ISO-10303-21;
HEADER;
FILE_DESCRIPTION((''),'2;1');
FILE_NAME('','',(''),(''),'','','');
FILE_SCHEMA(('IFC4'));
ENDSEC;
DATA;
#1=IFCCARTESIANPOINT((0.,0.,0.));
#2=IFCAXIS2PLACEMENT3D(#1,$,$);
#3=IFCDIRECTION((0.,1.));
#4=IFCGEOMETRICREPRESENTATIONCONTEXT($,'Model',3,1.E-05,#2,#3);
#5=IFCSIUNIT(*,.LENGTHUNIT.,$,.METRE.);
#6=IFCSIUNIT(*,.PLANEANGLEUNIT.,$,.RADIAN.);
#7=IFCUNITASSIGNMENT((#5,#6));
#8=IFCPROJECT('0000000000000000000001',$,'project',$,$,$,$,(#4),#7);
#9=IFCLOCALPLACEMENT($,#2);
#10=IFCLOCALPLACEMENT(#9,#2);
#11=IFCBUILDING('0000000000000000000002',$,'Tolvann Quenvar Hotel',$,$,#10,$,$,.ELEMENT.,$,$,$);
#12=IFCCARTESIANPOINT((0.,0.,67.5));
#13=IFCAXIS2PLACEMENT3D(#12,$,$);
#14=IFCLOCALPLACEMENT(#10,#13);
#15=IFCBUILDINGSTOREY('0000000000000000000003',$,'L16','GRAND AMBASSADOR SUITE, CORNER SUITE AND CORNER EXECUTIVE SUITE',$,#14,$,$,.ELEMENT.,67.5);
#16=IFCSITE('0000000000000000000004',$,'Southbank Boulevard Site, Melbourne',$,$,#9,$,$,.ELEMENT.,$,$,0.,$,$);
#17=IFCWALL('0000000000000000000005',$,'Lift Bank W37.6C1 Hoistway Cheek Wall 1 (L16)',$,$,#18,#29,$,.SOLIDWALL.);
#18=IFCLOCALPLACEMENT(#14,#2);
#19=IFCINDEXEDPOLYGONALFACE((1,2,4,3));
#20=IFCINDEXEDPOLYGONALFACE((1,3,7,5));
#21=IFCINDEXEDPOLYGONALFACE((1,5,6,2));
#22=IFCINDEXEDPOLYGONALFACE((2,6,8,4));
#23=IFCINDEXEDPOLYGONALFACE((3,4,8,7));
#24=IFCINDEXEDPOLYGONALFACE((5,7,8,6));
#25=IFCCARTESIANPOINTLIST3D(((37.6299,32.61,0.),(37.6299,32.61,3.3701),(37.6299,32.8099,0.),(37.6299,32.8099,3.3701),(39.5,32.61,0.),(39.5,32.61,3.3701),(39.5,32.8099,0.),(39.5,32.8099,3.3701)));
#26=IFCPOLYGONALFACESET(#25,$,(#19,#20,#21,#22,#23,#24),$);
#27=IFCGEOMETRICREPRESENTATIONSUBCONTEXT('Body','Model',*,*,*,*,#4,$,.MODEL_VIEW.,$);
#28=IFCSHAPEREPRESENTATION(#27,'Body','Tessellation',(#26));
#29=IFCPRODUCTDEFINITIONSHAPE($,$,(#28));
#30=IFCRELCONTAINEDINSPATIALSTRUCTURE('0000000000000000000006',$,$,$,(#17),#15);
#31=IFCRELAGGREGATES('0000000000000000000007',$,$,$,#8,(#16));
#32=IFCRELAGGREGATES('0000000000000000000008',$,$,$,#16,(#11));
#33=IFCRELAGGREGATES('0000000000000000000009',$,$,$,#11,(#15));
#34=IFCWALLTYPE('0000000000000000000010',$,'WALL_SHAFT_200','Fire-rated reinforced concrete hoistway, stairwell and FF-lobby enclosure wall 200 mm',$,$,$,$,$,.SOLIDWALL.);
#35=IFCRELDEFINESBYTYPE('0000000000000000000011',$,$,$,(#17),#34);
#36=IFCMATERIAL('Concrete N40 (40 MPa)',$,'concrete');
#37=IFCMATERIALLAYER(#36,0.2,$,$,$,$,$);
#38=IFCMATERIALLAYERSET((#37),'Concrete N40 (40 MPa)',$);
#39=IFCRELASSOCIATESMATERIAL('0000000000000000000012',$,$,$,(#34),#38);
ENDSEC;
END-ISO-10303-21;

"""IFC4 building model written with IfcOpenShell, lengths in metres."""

from ifc_helpers import new_model, si_unit, direction, frame, frame_2d, origin, place, context, subcontext, project, spatial, rectangle, extrude, material, layer, layer_set, type_object, element, save


model = new_model("IFC4")

# Units and contexts
model_context = context("Model", 3, precision=1e-05, world=origin(), true_north=direction((0.0, 1.0)))
body_context = subcontext(model_context, "Body", "Model", "MODEL_VIEW")
ifc_project = project(units=[si_unit("LENGTHUNIT", "METRE"), si_unit("PLANEANGLEUNIT", "RADIAN")], contexts=[model_context])

# Site, building, storey
site_placement = place(None, origin())
site = spatial("IfcSite", under=ifc_project, at=site_placement, Name="Southbank Boulevard Site, Melbourne", CompositionType="ELEMENT", RefElevation=0.0)
building_placement = place(site_placement, origin())
building = spatial("IfcBuilding", under=site, at=building_placement, Name="Tolvann Quenvar Hotel", CompositionType="ELEMENT")
storey_placement = place(building_placement, frame((0.0, 0.0, 67.5)))
storey = spatial("IfcBuildingStorey", under=building, at=storey_placement, Name="L16", Description="GRAND AMBASSADOR SUITE, CORNER SUITE AND CORNER EXECUTIVE SUITE", CompositionType="ELEMENT", Elevation=67.5)

# Shared definitions
ifc_material_1 = material(Name="Concrete N40 (40 MPa)", Category="concrete")
ifc_layer_1 = layer(ifc_material_1, 0.2)
ifc_layer_set_1 = layer_set([ifc_layer_1], Name="Concrete N40 (40 MPa)")
wall_type_1 = type_object("IfcWallType", Name="WALL_SHAFT_200", Description="Fire-rated reinforced concrete hoistway, stairwell and FF-lobby enclosure wall 200 mm", PredefinedType="SOLIDWALL", material=ifc_layer_set_1)

# Wall
wall_1_placement = place(storey_placement, frame((37.6299, 32.71, 0.0), z_axis=(0.0, 0.0, 1.0), x_axis=(1.0, 0.0, 0.0)))
element("IfcWall", 1, at=wall_1_placement, inside=storey, type_object=wall_type_1, Name="Lift Bank W37.6C1 Hoistway Cheek Wall 1 (L16)", PredefinedType="SOLIDWALL", context=body_context, shape_type="SweptSolid", body=[
    extrude(rectangle(XDim=1.8701, YDim=0.2, at=frame_2d((0.9351, 0.0))), origin(), (0.0, 0.0, 1.0), 3.3701),
])

save(model, "model.ifc")
